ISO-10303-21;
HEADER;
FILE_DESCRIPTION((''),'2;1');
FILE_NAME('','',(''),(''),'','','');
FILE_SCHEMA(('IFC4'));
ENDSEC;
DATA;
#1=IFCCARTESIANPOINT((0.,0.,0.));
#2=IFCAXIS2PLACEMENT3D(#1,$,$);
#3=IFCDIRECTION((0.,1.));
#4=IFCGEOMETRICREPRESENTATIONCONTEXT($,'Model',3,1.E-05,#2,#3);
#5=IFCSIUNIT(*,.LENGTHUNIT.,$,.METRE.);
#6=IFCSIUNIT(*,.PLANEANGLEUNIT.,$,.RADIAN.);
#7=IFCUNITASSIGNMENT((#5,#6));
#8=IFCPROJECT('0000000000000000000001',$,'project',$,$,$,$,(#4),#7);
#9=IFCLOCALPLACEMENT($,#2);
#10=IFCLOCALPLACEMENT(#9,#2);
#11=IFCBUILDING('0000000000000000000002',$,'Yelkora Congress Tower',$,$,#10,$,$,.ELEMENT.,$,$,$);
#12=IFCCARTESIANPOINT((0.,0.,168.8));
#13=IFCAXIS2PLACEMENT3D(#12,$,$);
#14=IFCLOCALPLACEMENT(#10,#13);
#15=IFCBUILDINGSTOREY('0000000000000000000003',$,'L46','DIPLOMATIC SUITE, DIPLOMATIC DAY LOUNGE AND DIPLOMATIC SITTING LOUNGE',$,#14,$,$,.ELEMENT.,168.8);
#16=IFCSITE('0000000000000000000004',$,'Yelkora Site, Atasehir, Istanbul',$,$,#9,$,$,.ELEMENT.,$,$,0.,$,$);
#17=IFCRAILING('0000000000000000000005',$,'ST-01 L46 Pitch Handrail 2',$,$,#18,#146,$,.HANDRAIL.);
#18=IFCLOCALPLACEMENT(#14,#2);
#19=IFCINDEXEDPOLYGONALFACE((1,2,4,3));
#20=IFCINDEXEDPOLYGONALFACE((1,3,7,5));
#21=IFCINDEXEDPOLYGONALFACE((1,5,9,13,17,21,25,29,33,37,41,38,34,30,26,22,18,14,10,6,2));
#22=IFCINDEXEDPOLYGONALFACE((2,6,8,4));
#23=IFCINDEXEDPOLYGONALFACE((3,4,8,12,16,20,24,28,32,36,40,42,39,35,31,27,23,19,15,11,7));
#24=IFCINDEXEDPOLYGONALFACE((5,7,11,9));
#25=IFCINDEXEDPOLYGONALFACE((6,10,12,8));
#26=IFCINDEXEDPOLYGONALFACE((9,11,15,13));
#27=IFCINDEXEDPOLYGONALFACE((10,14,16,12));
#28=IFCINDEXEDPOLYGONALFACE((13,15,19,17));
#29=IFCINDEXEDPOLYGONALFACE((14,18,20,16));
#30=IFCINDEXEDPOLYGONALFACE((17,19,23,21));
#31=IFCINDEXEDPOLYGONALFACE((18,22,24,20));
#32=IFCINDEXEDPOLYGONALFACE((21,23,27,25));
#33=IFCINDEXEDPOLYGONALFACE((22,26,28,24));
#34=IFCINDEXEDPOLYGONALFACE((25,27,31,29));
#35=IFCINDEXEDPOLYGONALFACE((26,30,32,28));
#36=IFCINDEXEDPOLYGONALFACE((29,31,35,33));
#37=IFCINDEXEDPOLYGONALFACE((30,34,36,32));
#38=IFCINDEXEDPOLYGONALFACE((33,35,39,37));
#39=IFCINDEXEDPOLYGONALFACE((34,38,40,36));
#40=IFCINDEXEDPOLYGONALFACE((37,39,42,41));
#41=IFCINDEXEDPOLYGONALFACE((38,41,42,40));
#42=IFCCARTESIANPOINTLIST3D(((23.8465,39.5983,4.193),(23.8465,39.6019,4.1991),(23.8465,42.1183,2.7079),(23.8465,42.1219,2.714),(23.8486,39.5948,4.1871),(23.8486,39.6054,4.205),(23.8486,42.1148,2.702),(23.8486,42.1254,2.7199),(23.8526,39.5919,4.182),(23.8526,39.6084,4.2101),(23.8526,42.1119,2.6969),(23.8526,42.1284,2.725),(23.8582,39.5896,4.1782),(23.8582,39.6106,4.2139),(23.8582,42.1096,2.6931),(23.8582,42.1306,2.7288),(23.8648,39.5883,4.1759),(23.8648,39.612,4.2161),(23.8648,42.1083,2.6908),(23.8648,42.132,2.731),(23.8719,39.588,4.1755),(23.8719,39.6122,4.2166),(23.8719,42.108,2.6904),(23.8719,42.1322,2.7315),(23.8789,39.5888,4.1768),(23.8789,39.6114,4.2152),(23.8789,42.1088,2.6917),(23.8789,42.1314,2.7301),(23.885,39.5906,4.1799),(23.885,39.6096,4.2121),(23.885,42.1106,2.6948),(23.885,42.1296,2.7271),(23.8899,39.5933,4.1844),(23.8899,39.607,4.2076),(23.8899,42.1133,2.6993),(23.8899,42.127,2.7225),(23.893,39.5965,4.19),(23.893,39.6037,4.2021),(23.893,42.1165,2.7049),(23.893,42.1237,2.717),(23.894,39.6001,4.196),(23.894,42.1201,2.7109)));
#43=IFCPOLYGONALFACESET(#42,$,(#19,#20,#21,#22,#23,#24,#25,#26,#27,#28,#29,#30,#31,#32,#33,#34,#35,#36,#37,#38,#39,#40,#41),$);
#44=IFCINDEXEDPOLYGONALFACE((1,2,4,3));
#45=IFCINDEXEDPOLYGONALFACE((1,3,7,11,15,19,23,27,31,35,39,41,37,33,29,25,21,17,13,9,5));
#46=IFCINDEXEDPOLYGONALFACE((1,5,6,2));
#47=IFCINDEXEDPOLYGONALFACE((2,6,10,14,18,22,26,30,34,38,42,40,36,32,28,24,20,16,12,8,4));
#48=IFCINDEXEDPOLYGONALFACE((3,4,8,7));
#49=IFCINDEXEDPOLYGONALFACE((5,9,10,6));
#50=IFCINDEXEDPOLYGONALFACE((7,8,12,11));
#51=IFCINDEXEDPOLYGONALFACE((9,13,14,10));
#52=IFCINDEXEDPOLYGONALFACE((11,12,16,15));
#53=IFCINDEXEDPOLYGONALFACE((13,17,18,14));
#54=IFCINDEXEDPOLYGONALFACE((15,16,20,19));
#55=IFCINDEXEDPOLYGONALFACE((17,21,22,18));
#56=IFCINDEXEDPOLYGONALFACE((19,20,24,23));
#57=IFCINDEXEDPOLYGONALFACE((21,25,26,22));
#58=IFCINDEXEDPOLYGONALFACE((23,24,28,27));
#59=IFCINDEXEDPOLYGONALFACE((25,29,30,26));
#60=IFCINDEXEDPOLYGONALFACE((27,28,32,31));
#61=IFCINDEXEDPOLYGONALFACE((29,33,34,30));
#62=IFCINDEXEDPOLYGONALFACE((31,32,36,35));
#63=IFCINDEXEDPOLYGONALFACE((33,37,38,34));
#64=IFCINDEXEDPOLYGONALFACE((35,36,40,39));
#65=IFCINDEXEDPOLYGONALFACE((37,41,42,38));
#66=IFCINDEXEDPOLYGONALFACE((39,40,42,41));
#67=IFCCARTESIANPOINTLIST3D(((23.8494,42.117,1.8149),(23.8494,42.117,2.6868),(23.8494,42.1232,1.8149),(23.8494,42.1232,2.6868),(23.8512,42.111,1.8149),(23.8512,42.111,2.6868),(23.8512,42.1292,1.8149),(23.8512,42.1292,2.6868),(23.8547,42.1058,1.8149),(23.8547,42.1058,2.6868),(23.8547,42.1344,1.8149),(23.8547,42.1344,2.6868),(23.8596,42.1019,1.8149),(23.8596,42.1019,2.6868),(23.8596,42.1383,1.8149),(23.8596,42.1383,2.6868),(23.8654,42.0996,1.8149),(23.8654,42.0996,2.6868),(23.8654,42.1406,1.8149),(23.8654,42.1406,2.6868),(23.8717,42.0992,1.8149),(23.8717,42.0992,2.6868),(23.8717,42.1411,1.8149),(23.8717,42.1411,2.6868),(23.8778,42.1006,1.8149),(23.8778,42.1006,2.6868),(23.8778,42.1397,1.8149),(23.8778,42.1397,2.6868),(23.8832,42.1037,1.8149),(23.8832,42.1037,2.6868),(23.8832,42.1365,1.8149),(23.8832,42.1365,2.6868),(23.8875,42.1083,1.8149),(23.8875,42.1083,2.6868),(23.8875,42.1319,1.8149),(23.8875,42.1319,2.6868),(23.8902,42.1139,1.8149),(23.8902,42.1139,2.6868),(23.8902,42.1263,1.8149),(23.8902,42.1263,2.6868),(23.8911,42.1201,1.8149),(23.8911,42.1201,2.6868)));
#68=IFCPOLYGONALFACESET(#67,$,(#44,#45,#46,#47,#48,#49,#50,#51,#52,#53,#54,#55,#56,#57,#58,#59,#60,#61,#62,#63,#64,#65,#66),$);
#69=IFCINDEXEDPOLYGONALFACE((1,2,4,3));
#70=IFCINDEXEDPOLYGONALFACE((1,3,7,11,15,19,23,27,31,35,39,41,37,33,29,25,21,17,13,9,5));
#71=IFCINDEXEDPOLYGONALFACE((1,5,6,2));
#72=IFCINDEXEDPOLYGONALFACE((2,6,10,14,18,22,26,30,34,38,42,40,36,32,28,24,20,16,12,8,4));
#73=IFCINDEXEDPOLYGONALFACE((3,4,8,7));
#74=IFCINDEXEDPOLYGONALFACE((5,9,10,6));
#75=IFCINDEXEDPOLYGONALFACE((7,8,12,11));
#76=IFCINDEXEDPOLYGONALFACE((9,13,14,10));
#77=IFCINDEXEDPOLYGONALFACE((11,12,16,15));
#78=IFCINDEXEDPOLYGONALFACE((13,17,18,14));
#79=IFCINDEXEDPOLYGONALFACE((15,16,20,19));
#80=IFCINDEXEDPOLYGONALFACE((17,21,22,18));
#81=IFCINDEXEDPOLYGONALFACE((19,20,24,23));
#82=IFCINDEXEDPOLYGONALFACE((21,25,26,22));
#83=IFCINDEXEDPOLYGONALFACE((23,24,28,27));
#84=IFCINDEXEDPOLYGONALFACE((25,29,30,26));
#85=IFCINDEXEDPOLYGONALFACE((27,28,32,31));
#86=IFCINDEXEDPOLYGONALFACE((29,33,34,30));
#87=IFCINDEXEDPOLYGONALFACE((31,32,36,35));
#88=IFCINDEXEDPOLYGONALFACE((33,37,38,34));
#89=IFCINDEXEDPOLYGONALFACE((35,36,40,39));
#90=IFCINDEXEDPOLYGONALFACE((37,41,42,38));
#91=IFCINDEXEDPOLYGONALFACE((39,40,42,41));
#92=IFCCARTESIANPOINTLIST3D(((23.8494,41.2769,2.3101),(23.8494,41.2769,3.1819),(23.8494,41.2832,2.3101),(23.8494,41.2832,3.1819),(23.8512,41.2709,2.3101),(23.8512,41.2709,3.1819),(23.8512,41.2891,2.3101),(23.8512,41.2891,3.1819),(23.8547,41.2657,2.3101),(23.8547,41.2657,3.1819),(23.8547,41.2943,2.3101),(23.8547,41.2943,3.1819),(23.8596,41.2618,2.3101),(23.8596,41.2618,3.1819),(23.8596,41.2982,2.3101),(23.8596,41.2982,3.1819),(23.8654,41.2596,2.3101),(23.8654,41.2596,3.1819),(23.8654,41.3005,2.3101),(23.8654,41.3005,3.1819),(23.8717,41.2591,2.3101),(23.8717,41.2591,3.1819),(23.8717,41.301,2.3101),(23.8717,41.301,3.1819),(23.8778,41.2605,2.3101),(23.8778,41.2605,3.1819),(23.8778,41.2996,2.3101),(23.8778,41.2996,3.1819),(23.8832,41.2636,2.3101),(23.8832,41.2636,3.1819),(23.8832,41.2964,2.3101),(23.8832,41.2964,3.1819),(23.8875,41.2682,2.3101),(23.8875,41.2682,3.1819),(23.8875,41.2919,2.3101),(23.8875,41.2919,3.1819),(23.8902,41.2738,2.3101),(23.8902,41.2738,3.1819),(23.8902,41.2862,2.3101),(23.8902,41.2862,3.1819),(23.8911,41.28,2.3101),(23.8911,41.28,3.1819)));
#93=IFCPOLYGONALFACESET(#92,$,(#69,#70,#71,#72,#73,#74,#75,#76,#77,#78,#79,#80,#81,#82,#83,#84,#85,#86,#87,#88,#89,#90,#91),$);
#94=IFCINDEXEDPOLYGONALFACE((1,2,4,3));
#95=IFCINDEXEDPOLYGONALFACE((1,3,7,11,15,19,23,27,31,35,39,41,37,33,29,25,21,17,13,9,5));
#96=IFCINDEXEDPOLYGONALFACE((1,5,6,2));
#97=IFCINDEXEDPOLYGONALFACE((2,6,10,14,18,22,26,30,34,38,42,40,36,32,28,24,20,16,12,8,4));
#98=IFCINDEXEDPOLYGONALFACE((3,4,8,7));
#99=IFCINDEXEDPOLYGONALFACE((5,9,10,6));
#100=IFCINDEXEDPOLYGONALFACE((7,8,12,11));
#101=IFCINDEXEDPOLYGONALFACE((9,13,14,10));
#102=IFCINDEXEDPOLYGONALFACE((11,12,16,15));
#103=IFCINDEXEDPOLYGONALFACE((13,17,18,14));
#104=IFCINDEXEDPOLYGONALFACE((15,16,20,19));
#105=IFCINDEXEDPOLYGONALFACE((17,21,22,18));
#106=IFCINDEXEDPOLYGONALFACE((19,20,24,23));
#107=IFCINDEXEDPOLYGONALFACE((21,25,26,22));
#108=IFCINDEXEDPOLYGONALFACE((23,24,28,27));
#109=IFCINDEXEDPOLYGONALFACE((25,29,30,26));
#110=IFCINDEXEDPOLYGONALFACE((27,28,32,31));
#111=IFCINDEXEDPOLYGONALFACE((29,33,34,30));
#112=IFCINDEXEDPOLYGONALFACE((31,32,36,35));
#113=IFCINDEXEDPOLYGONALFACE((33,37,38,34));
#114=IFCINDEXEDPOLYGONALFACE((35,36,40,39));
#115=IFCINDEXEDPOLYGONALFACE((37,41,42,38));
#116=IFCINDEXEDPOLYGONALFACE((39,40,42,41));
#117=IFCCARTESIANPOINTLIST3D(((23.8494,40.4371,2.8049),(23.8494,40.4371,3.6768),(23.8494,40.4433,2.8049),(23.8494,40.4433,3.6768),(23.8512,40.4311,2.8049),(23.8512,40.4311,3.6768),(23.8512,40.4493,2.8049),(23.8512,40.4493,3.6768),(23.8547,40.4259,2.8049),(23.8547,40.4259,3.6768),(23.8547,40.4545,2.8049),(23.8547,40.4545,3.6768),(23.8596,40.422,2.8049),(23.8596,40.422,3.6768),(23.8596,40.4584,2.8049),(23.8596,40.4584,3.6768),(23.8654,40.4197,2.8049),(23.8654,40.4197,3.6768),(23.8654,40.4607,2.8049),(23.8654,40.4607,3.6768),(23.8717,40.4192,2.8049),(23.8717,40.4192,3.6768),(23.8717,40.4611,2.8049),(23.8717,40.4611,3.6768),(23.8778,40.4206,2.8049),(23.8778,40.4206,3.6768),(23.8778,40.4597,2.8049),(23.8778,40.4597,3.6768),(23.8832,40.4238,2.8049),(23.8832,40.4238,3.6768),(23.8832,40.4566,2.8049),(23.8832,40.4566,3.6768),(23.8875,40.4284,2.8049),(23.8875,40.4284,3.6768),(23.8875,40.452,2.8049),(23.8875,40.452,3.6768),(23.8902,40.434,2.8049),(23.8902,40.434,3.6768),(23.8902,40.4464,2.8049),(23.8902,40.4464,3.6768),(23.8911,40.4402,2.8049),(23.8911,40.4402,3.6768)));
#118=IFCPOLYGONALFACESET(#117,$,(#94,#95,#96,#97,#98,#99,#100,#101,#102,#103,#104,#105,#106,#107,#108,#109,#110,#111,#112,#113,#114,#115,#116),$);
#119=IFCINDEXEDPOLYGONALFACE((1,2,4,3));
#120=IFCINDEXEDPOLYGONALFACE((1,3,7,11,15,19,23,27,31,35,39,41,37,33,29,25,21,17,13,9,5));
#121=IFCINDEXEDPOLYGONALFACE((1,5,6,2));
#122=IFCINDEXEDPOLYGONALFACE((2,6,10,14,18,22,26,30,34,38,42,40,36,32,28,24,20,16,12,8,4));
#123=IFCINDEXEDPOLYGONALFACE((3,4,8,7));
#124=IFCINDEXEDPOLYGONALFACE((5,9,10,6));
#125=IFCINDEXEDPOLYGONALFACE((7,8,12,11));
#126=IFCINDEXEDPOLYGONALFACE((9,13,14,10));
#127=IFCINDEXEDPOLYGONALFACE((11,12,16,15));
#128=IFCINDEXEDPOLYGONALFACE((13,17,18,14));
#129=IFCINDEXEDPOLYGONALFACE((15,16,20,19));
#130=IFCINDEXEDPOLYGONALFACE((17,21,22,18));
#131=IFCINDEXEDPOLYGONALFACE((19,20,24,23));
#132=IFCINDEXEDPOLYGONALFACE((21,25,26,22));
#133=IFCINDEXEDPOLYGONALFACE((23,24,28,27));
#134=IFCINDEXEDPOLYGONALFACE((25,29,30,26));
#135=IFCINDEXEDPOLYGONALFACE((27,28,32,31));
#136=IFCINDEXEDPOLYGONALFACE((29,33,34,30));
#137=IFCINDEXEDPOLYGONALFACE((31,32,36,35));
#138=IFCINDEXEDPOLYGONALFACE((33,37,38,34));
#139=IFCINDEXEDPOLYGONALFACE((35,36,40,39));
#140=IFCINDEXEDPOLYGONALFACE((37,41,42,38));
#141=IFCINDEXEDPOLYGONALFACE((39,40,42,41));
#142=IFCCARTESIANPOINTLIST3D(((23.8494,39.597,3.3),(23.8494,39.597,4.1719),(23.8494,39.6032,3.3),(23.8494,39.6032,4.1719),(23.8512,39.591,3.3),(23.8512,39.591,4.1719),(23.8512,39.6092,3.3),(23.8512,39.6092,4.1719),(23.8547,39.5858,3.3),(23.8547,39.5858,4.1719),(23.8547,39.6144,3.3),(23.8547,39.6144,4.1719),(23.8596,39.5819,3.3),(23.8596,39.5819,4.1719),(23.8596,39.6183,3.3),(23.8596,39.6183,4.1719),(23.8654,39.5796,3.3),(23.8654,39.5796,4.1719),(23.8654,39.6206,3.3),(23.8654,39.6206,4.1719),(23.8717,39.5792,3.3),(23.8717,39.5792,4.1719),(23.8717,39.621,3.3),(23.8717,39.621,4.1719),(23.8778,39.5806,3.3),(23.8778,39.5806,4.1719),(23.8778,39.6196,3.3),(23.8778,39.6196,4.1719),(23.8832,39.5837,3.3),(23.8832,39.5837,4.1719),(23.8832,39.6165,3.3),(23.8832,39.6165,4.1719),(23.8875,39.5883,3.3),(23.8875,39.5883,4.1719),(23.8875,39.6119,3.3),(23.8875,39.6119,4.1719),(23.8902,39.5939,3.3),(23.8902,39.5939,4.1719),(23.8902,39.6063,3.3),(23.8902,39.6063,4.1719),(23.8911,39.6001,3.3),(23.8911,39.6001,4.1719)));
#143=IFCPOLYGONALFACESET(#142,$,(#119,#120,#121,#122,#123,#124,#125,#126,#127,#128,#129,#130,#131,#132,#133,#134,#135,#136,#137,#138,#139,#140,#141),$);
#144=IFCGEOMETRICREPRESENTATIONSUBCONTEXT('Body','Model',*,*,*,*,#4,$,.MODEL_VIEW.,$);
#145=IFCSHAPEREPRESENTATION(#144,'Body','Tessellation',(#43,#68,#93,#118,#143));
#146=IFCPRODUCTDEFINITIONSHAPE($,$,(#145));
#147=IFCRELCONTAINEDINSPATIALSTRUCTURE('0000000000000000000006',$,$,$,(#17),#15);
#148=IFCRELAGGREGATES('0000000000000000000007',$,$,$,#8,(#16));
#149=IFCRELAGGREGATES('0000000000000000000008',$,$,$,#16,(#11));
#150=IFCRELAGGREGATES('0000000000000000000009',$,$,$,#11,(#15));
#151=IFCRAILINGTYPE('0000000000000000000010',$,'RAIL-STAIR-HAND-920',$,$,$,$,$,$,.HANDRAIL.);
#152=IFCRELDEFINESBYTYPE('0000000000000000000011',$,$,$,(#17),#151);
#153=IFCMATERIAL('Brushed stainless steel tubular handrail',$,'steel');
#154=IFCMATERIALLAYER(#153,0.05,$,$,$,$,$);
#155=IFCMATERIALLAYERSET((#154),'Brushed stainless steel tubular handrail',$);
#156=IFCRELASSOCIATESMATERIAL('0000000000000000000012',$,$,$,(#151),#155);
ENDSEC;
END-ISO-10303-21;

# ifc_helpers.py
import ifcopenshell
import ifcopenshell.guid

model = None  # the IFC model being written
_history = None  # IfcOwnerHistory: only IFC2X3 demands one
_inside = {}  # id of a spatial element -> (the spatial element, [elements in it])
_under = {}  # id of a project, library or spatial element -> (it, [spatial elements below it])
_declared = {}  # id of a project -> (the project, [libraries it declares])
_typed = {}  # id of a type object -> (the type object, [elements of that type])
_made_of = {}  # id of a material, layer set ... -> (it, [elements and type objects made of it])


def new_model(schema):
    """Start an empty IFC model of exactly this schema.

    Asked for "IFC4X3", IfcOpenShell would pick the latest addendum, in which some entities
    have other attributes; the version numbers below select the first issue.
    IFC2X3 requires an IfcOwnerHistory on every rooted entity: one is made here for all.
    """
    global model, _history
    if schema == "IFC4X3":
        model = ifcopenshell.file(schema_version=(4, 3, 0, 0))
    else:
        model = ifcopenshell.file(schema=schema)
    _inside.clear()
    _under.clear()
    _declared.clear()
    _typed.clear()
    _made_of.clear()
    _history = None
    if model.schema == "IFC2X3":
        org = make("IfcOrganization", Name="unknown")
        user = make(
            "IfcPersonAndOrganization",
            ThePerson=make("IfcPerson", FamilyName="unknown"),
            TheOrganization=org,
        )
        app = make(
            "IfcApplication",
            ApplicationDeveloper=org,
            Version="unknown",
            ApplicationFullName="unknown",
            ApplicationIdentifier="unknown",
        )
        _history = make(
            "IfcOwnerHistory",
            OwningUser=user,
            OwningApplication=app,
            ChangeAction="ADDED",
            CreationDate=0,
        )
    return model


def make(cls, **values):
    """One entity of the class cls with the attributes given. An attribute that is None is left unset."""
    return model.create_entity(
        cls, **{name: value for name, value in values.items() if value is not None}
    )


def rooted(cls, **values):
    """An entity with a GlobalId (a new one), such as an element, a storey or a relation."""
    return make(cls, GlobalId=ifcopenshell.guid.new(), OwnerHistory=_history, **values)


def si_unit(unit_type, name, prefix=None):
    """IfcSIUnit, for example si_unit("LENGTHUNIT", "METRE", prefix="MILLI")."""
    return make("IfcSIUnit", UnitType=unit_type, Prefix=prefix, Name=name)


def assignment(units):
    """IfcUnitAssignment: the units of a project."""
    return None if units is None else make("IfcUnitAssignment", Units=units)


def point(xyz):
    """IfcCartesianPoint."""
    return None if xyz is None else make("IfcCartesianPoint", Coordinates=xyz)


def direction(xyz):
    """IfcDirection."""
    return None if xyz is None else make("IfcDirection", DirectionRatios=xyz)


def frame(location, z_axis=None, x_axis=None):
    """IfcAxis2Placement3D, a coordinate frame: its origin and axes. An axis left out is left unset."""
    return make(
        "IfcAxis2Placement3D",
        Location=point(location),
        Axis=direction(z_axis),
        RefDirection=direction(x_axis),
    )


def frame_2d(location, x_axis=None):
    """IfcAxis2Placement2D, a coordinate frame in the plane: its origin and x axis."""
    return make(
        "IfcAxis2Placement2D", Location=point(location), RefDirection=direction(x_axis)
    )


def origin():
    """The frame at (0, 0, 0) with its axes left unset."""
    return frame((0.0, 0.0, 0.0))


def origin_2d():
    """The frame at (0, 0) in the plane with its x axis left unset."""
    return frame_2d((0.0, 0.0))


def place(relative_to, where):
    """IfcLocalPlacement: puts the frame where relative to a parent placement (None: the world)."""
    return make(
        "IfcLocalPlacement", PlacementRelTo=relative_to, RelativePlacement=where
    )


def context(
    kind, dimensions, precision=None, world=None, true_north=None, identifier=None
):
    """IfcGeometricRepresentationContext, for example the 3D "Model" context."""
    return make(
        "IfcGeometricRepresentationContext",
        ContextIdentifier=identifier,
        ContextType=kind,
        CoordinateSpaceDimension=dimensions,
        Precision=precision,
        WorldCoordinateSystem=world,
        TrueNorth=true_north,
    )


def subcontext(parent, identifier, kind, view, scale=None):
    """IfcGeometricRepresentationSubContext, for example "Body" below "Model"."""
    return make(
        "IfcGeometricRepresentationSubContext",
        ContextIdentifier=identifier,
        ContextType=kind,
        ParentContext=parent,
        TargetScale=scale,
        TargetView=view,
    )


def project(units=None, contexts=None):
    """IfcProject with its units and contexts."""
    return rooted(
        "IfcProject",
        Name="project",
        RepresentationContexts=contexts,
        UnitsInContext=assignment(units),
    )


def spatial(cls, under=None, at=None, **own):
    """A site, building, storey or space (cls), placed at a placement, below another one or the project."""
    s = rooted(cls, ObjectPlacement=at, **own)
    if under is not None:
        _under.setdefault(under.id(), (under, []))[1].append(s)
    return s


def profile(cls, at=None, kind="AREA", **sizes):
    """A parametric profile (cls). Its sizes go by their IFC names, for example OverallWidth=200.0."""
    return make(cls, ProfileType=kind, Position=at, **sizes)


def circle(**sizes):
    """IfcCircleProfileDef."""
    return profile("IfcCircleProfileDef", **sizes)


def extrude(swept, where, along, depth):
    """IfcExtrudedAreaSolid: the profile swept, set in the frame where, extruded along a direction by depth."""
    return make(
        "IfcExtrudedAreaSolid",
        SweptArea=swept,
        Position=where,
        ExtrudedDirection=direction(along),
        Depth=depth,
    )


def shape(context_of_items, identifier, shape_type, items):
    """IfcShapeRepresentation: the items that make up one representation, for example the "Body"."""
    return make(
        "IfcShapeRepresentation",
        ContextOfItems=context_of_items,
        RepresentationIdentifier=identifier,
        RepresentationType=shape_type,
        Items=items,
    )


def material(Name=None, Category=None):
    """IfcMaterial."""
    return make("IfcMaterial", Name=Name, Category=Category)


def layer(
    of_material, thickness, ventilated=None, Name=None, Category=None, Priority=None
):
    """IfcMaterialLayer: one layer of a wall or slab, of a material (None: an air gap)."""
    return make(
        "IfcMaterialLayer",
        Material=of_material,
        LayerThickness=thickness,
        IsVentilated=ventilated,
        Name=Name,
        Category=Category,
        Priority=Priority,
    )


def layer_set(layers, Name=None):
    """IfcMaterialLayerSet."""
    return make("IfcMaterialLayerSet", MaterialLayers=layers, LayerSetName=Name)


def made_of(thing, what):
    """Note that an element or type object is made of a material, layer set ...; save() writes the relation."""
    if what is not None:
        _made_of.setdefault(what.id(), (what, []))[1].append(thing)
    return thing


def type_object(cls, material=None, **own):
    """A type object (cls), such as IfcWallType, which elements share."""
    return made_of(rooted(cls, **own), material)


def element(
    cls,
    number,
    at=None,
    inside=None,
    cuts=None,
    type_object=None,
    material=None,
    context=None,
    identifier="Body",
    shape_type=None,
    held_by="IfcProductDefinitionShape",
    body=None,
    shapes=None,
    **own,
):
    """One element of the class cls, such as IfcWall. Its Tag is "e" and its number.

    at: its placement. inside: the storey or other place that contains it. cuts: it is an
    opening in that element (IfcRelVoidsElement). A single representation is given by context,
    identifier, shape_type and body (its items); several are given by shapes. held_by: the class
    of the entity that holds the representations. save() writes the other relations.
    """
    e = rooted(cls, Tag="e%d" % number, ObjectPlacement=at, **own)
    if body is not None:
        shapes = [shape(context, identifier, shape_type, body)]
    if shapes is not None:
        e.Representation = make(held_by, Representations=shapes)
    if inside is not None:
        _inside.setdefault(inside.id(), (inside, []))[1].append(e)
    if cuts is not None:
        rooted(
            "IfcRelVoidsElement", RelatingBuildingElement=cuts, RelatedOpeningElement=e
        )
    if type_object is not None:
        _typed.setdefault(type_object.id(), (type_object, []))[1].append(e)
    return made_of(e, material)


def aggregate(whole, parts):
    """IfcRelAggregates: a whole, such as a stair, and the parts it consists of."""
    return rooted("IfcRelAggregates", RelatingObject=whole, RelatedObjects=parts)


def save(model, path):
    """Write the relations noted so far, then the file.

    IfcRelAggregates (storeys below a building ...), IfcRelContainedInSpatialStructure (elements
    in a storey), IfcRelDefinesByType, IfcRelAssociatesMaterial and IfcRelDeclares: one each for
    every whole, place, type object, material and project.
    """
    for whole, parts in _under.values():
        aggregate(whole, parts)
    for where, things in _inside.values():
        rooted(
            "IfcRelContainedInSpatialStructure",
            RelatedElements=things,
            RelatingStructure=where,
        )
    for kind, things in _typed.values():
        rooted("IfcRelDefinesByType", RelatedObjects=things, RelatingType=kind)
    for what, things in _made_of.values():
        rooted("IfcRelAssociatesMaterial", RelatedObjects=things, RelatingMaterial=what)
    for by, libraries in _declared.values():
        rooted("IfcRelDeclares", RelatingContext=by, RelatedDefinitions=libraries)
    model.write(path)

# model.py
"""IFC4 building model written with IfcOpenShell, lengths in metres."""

from ifc_helpers import new_model, si_unit, direction, frame, origin, origin_2d, place, context, subcontext, project, spatial, circle, extrude, material, layer, layer_set, type_object, element, save


model = new_model("IFC4")

# Units and contexts
model_context = context("Model", 3, precision=1e-05, world=origin(), true_north=direction((0.0, 1.0)))
body_context = subcontext(model_context, "Body", "Model", "MODEL_VIEW")
ifc_project = project(units=[si_unit("LENGTHUNIT", "METRE"), si_unit("PLANEANGLEUNIT", "RADIAN")], contexts=[model_context])

# Site, building, storey
site_placement = place(None, origin())
site = spatial("IfcSite", under=ifc_project, at=site_placement, Name="Yelkora Site, Atasehir, Istanbul", CompositionType="ELEMENT", RefElevation=0.0)
building_placement = place(site_placement, origin())
building = spatial("IfcBuilding", under=site, at=building_placement, Name="Yelkora Congress Tower", CompositionType="ELEMENT")
storey_placement = place(building_placement, frame((0.0, 0.0, 168.8)))
storey = spatial("IfcBuildingStorey", under=building, at=storey_placement, Name="L46", Description="DIPLOMATIC SUITE, DIPLOMATIC DAY LOUNGE AND DIPLOMATIC SITTING LOUNGE", CompositionType="ELEMENT", Elevation=168.8)

# Railing
ifc_material_1 = material(Name="Brushed stainless steel tubular handrail", Category="steel")
ifc_layer_1 = layer(ifc_material_1, 0.05)
ifc_layer_set_1 = layer_set([ifc_layer_1], Name="Brushed stainless steel tubular handrail")
railing_type_1 = type_object("IfcRailingType", Name="RAIL-STAIR-HAND-920", PredefinedType="HANDRAIL", material=ifc_layer_set_1)
railing_1_placement = place(storey_placement, frame((23.8701, 42.1201, 1.8149)))
element("IfcRailing", 1, at=railing_1_placement, inside=storey, type_object=railing_type_1, Name="ST-01 L46 Pitch Handrail 2", PredefinedType="HANDRAIL", context=body_context, shape_type="SweptSolid", body=[
    extrude(circle(Radius=0.0239, at=origin_2d()), frame((0.0, 0.0, 0.896), z_axis=(0.0, -0.861524, 0.507717), x_axis=(1.0, 0.0, 0.0)), (0.0, 0.0, 1.0), 2.925),
    extrude(circle(Radius=0.021, at=origin_2d()), origin(), (0.0, 0.0, 1.0), 0.8718),
    extrude(circle(Radius=0.021, at=origin_2d()), frame((0.0, -0.8401, 0.4951)), (0.0, 0.0, 1.0), 0.8718),
    extrude(circle(Radius=0.021, at=origin_2d()), frame((0.0, -1.6799, 0.99)), (0.0, 0.0, 1.0), 0.8718),
    extrude(circle(Radius=0.021, at=origin_2d()), frame((0.0, -2.52, 1.4851)), (0.0, 0.0, 1.0), 0.8718),
])

save(model, "model.ifc")
